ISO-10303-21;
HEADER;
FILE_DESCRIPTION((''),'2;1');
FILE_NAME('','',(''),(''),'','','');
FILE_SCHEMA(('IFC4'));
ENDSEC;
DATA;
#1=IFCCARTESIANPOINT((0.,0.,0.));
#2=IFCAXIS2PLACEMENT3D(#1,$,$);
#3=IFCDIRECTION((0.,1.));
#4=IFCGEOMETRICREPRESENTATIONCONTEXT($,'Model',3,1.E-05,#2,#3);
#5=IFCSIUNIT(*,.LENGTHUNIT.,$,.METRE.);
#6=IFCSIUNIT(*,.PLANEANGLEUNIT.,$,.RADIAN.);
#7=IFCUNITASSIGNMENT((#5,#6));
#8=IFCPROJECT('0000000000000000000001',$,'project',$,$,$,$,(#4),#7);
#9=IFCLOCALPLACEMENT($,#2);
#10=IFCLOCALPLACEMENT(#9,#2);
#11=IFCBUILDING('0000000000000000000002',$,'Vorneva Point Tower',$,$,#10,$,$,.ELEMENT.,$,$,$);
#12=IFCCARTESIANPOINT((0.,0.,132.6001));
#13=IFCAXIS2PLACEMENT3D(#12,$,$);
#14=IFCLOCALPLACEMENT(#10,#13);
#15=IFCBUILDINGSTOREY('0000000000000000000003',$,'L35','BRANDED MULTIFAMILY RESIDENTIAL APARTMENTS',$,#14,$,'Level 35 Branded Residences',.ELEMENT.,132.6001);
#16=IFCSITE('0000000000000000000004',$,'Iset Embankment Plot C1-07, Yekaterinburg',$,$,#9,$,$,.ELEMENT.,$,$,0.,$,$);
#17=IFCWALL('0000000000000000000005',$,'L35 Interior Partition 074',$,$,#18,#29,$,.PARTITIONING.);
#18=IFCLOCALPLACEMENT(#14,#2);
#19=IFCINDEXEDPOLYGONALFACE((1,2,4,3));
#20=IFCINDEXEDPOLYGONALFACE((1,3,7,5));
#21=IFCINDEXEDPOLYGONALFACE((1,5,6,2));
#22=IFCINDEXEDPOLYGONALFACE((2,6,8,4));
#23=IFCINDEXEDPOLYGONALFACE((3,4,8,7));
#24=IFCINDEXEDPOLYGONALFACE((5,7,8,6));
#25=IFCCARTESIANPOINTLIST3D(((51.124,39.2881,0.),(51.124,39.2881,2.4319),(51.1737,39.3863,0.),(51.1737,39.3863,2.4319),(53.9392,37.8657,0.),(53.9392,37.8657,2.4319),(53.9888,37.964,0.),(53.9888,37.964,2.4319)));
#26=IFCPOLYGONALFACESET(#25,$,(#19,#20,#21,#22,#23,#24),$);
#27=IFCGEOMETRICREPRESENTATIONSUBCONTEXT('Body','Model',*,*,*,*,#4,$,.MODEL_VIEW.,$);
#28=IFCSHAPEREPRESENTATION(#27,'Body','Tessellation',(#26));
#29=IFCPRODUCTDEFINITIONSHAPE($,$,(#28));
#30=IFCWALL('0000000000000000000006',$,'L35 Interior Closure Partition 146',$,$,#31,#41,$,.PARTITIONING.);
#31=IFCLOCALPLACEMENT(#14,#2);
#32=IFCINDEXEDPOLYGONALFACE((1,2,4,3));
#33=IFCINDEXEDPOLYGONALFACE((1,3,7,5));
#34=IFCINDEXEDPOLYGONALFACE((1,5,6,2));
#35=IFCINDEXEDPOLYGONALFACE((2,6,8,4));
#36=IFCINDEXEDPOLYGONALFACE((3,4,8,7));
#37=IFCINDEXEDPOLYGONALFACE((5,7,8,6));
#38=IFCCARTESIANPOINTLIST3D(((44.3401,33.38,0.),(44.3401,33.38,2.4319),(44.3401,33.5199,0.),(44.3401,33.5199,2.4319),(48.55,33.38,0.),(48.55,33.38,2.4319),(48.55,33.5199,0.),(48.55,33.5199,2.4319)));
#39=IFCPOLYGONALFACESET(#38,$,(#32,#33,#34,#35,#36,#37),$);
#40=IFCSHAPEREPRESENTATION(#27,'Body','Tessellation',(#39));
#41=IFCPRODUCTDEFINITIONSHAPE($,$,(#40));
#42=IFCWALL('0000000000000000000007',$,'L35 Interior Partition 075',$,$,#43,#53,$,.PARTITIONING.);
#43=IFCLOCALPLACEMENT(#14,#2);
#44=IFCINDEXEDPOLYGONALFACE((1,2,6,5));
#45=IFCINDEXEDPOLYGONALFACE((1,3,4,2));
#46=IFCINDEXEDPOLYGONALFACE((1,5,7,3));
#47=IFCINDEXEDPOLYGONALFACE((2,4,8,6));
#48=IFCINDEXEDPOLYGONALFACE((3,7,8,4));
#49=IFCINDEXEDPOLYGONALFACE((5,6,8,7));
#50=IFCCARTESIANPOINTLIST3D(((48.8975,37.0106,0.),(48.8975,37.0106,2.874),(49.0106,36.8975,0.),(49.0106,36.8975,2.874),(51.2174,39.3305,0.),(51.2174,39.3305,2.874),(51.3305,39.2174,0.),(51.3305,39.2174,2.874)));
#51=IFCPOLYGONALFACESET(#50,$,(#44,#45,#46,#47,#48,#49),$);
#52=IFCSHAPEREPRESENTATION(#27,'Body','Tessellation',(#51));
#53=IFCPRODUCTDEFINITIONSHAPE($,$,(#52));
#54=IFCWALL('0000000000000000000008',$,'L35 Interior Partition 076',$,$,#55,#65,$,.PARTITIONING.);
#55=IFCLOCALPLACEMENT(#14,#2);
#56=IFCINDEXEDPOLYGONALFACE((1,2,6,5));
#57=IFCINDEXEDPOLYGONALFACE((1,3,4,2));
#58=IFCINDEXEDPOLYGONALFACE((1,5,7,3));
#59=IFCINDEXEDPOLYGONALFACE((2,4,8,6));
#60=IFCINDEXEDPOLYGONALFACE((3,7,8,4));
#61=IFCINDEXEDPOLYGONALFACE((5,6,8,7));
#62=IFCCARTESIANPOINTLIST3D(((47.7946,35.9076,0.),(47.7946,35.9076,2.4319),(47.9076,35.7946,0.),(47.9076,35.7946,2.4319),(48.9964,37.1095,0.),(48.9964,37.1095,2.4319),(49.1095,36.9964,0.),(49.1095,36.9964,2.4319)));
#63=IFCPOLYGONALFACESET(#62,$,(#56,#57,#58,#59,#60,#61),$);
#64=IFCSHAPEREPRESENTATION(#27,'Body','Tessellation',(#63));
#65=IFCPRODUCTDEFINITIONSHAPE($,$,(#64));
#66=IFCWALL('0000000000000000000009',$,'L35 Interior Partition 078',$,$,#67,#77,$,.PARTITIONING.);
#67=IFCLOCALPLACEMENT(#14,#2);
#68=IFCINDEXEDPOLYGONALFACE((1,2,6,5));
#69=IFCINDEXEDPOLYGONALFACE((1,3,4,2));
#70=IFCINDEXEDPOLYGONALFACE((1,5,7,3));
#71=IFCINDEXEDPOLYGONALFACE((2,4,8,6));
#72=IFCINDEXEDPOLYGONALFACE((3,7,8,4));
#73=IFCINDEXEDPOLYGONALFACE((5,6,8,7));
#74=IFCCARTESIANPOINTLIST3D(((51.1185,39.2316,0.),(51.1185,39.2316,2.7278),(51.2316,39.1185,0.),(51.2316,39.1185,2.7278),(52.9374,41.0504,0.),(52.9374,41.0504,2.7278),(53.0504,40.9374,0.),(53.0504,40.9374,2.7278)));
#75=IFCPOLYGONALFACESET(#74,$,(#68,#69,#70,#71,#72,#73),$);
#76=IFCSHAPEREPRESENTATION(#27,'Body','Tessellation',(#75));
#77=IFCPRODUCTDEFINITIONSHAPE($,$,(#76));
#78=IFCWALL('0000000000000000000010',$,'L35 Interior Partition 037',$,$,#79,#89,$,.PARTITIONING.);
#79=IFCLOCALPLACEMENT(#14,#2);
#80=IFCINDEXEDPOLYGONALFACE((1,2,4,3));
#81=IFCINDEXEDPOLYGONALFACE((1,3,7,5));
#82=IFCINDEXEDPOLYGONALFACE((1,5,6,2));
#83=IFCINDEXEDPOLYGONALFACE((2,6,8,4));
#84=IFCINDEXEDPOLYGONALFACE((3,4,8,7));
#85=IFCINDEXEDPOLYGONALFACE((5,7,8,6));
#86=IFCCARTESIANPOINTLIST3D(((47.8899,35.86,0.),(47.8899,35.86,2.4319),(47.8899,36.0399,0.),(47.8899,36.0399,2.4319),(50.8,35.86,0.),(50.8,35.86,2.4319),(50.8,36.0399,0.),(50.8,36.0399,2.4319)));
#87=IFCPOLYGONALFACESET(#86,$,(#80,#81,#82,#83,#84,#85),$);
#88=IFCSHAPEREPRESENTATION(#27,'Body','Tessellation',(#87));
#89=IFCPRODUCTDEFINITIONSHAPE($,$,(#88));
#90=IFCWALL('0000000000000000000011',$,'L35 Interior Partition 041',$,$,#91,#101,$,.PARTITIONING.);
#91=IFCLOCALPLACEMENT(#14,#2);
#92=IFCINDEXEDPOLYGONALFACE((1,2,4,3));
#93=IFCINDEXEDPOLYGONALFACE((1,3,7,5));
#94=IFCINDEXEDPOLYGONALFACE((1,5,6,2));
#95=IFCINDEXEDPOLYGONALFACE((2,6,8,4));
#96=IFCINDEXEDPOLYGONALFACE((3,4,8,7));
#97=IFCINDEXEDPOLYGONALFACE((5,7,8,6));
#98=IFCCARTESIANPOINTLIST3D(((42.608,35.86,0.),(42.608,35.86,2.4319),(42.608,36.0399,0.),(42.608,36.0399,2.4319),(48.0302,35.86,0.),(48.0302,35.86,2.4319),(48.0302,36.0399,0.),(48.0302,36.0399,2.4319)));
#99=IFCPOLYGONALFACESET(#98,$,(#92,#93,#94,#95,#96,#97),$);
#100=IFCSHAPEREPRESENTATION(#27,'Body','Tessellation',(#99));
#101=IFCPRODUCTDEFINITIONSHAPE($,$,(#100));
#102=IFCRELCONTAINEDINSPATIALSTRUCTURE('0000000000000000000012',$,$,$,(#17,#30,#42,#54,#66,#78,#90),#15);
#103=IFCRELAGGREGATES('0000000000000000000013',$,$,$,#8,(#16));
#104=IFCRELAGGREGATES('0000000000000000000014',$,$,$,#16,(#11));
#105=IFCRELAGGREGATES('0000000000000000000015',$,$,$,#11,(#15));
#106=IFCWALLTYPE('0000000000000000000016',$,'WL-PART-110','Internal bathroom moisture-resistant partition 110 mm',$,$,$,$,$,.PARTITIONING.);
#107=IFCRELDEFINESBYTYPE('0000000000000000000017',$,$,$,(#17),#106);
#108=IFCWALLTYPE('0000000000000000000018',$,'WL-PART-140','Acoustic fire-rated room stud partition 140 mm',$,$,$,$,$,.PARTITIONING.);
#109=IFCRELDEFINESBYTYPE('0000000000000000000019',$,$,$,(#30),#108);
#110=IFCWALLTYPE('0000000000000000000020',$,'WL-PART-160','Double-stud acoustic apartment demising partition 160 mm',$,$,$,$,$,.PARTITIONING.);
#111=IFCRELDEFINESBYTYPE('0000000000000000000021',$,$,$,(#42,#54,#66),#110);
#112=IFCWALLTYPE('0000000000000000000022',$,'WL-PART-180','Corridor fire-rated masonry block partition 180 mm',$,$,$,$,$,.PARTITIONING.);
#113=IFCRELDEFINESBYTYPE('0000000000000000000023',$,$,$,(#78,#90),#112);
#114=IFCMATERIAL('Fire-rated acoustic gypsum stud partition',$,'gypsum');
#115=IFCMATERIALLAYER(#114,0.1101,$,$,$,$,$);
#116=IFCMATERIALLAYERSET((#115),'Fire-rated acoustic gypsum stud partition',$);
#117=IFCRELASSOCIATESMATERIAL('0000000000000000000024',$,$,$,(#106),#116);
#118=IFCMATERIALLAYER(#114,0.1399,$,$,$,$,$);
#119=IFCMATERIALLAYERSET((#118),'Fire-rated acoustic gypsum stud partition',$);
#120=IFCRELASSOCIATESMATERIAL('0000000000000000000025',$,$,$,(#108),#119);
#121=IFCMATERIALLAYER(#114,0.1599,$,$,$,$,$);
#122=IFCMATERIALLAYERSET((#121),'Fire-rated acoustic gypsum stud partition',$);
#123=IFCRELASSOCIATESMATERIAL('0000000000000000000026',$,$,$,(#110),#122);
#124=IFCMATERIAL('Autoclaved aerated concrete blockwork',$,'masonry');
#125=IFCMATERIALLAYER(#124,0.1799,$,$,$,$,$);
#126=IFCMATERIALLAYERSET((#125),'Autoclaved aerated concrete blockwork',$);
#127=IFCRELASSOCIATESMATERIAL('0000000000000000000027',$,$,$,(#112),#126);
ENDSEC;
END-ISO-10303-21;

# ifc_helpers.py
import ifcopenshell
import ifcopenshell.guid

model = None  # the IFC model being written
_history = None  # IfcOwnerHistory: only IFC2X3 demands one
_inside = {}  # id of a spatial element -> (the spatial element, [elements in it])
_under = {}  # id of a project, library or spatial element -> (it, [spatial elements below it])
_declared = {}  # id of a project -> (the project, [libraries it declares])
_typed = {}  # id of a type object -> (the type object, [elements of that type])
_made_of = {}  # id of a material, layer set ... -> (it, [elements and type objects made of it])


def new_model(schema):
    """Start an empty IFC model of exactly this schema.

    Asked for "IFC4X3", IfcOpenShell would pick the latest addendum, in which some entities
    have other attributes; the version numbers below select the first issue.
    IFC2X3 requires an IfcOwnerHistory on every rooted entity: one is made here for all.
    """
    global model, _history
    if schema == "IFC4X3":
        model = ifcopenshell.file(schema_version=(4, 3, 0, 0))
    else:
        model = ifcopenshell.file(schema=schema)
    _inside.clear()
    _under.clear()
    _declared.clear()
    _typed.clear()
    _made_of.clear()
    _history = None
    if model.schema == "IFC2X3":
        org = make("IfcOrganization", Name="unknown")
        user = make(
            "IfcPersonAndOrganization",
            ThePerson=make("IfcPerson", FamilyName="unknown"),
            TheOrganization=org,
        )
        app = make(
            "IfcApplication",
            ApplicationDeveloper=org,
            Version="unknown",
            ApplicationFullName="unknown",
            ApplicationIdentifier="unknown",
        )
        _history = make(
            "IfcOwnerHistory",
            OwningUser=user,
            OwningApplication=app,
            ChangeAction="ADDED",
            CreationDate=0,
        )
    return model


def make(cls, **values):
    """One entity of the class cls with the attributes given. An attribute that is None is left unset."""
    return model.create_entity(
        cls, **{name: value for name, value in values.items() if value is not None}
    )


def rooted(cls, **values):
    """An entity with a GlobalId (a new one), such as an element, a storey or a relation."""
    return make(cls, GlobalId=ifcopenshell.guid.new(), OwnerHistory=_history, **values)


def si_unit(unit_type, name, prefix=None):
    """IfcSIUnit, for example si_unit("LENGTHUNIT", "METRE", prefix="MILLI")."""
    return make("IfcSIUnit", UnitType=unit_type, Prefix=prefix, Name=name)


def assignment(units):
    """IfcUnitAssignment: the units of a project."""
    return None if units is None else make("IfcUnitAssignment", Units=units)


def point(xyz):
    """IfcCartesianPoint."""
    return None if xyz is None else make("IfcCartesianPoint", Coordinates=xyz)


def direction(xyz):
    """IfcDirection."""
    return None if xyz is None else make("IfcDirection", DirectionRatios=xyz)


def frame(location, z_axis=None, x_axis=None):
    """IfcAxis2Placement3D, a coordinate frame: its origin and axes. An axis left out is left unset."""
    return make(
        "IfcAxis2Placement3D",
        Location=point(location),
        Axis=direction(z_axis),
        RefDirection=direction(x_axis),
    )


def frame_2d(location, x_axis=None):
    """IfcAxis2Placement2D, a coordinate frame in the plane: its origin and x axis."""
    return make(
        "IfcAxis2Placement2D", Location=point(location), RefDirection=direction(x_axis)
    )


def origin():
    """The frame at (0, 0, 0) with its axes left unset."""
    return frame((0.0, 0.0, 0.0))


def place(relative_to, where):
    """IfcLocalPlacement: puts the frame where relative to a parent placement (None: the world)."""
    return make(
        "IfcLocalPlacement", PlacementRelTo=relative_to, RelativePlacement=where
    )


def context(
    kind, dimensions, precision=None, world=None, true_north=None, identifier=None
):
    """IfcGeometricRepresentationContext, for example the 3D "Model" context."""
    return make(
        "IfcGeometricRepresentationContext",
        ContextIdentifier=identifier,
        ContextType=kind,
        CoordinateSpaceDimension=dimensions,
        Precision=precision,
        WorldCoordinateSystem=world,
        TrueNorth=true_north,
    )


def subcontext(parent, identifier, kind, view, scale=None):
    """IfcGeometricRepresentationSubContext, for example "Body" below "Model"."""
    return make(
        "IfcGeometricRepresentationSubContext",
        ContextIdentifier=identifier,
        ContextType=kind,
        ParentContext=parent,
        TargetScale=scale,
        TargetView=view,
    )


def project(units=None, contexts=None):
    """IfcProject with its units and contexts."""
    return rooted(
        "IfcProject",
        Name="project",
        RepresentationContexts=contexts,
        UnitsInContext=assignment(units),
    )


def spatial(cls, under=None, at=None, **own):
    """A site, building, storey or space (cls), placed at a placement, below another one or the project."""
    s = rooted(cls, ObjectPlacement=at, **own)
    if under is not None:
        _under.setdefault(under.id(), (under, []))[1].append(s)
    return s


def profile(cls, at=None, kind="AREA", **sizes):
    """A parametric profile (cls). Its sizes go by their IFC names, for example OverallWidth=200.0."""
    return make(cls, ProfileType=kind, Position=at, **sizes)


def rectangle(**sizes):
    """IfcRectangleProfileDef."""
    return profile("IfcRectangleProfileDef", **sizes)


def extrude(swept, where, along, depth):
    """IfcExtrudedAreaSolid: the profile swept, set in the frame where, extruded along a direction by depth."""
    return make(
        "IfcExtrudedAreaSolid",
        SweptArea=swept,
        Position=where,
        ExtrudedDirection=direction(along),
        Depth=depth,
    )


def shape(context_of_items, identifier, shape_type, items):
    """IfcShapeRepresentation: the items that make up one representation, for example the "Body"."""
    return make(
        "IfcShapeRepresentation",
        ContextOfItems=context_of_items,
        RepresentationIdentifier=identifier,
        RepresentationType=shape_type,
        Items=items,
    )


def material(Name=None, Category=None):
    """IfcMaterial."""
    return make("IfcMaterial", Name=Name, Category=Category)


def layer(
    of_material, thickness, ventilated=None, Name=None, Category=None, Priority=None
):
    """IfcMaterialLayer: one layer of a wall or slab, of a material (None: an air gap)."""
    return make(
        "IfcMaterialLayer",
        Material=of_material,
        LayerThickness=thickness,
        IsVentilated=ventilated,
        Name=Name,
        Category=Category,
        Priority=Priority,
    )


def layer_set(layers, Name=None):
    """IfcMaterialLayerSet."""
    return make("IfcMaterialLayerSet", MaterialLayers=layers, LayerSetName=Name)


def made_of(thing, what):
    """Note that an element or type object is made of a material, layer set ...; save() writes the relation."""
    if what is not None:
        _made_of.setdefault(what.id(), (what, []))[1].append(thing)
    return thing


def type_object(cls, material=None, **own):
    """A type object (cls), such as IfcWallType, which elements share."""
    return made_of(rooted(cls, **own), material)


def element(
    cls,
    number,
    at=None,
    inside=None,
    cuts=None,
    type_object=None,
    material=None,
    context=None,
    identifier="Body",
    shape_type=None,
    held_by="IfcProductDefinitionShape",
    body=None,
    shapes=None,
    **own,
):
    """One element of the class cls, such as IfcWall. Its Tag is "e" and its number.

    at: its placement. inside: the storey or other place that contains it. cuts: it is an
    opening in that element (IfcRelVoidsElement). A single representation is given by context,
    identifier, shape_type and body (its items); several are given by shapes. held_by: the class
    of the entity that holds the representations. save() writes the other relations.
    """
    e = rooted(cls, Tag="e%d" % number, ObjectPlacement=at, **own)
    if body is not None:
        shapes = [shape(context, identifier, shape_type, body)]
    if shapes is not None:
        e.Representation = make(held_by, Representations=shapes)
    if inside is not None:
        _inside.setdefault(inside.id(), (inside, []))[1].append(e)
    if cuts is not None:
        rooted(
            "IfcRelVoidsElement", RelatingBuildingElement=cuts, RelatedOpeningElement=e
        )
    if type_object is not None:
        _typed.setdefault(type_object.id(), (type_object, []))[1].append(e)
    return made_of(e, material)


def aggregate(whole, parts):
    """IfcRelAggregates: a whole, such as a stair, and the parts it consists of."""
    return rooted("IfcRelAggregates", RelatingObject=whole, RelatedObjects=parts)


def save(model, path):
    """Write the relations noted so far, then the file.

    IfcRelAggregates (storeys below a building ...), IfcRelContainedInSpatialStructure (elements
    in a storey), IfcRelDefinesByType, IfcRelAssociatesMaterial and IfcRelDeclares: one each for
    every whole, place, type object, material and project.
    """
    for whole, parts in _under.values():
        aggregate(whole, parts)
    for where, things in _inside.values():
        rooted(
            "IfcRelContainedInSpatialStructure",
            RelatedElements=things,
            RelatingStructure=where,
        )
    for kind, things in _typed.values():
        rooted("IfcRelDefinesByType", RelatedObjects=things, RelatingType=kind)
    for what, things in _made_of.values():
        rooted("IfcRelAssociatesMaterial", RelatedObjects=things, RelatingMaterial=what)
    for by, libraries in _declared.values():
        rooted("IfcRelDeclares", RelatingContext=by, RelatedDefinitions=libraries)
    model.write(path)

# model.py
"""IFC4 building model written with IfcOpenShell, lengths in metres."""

from ifc_helpers import new_model, si_unit, direction, frame, frame_2d, origin, place, context, subcontext, project, spatial, rectangle, extrude, material, layer, layer_set, type_object, element, save


model = new_model("IFC4")

# Units and contexts
model_context = context("Model", 3, precision=1e-05, world=origin(), true_north=direction((0.0, 1.0)))
body_context = subcontext(model_context, "Body", "Model", "MODEL_VIEW")
ifc_project = project(units=[si_unit("LENGTHUNIT", "METRE"), si_unit("PLANEANGLEUNIT", "RADIAN")], contexts=[model_context])

# Site, building, storey
site_placement = place(None, origin())
site = spatial("IfcSite", under=ifc_project, at=site_placement, Name="Iset Embankment Plot C1-07, Yekaterinburg", CompositionType="ELEMENT", RefElevation=0.0)
building_placement = place(site_placement, origin())
building = spatial("IfcBuilding", under=site, at=building_placement, Name="Vorneva Point Tower", CompositionType="ELEMENT")
storey_placement = place(building_placement, frame((0.0, 0.0, 132.6001)))
storey = spatial("IfcBuildingStorey", under=building, at=storey_placement, Name="L35", Description="BRANDED MULTIFAMILY RESIDENTIAL APARTMENTS", LongName="Level 35 Branded Residences", CompositionType="ELEMENT", Elevation=132.6001)

# Shared definitions
ifc_material_1 = material(Name="Fire-rated acoustic gypsum stud partition", Category="gypsum")
ifc_layer_1 = layer(ifc_material_1, 0.1101)
ifc_layer_set_1 = layer_set([ifc_layer_1], Name="Fire-rated acoustic gypsum stud partition")
wall_type_1 = type_object("IfcWallType", Name="WL-PART-110", Description="Internal bathroom moisture-resistant partition 110 mm", PredefinedType="PARTITIONING", material=ifc_layer_set_1)

# Walls
wall_1_placement = place(storey_placement, frame((53.9641, 37.9148, 0.0), z_axis=(0.0, 0.0, 1.0), x_axis=(-0.892546, 0.450956, 0.0)))
element("IfcWall", 1, at=wall_1_placement, inside=storey, type_object=wall_type_1, Name="L35 Interior Partition 074", PredefinedType="PARTITIONING", context=body_context, shape_type="SweptSolid", body=[
    extrude(rectangle(XDim=3.1541, YDim=0.1101, at=frame_2d((1.5771, 0.0))), origin(), (0.0, 0.0, 1.0), 2.4319),
])
ifc_layer_2 = layer(ifc_material_1, 0.1399)
ifc_layer_set_2 = layer_set([ifc_layer_2], Name="Fire-rated acoustic gypsum stud partition")
wall_type_2 = type_object("IfcWallType", Name="WL-PART-140", Description="Acoustic fire-rated room stud partition 140 mm", PredefinedType="PARTITIONING", material=ifc_layer_set_2)
wall_2_placement = place(storey_placement, frame((48.55, 33.45, 0.0), z_axis=(0.0, 0.0, 1.0), x_axis=(-1.0, 0.0, 0.0)))
element("IfcWall", 2, at=wall_2_placement, inside=storey, type_object=wall_type_2, Name="L35 Interior Closure Partition 146", PredefinedType="PARTITIONING", context=body_context, shape_type="SweptSolid", body=[
    extrude(rectangle(XDim=4.21, YDim=0.1399, at=frame_2d((2.105, 0.0))), origin(), (0.0, 0.0, 1.0), 2.4319),
])
ifc_layer_3 = layer(ifc_material_1, 0.1599)
ifc_layer_set_3 = layer_set([ifc_layer_3], Name="Fire-rated acoustic gypsum stud partition")
wall_type_3 = type_object("IfcWallType", Name="WL-PART-160", Description="Double-stud acoustic apartment demising partition 160 mm", PredefinedType="PARTITIONING", material=ifc_layer_set_3)
wall_3_placement = place(storey_placement, frame((51.2739, 39.2739, 0.0), z_axis=(0.0, 0.0, 1.0), x_axis=(-0.707107, -0.707107, 0.0)))
element("IfcWall", 3, at=wall_3_placement, inside=storey, type_object=wall_type_3, Name="L35 Interior Partition 075", PredefinedType="PARTITIONING", context=body_context, shape_type="SweptSolid", body=[
    extrude(rectangle(XDim=3.2808, YDim=0.1599, at=frame_2d((1.6404, 0.0))), origin(), (0.0, 0.0, 1.0), 2.874),
])
wall_4_placement = place(storey_placement, frame((49.053, 37.053, 0.0), z_axis=(0.0, 0.0, 1.0), x_axis=(-0.707107, -0.707107, 0.0)))
element("IfcWall", 4, at=wall_4_placement, inside=storey, type_object=wall_type_3, Name="L35 Interior Partition 076", PredefinedType="PARTITIONING", context=body_context, shape_type="SweptSolid", body=[
    extrude(rectangle(XDim=1.6997, YDim=0.1599, at=frame_2d((0.8499, 0.0))), origin(), (0.0, 0.0, 1.0), 2.4319),
])
wall_5_placement = place(storey_placement, frame((52.9939, 40.9939, 0.0), z_axis=(0.0, 0.0, 1.0), x_axis=(-0.707107, -0.707107, 0.0)))
element("IfcWall", 5, at=wall_5_placement, inside=storey, type_object=wall_type_3, Name="L35 Interior Partition 078", PredefinedType="PARTITIONING", context=body_context, shape_type="SweptSolid", body=[
    extrude(rectangle(XDim=2.5723, YDim=0.1599, at=frame_2d((1.2861, 0.0))), origin(), (0.0, 0.0, 1.0), 2.7278),
])
ifc_material_2 = material(Name="Autoclaved aerated concrete blockwork", Category="masonry")
ifc_layer_4 = layer(ifc_material_2, 0.1799)
ifc_layer_set_4 = layer_set([ifc_layer_4], Name="Autoclaved aerated concrete blockwork")
wall_type_4 = type_object("IfcWallType", Name="WL-PART-180", Description="Corridor fire-rated masonry block partition 180 mm", PredefinedType="PARTITIONING", material=ifc_layer_set_4)
wall_6_placement = place(storey_placement, frame((50.8, 35.95, 0.0), z_axis=(0.0, 0.0, 1.0), x_axis=(-1.0, 0.0, 0.0)))
element("IfcWall", 6, at=wall_6_placement, inside=storey, type_object=wall_type_4, Name="L35 Interior Partition 037", PredefinedType="PARTITIONING", context=body_context, shape_type="SweptSolid", body=[
    extrude(rectangle(XDim=2.9102, YDim=0.1799, at=frame_2d((1.4551, 0.0))), origin(), (0.0, 0.0, 1.0), 2.4319),
])
wall_7_placement = place(storey_placement, frame((48.03, 35.95, 0.0), z_axis=(0.0, 0.0, 1.0), x_axis=(-1.0, 0.0, 0.0)))
element("IfcWall", 7, at=wall_7_placement, inside=storey, type_object=wall_type_4, Name="L35 Interior Partition 041", PredefinedType="PARTITIONING", context=body_context, shape_type="SweptSolid", body=[
    extrude(rectangle(XDim=5.4221, YDim=0.1799, at=frame_2d((2.7109, 0.0))), origin(), (0.0, 0.0, 1.0), 2.4319),
])

save(model, "model.ifc")
